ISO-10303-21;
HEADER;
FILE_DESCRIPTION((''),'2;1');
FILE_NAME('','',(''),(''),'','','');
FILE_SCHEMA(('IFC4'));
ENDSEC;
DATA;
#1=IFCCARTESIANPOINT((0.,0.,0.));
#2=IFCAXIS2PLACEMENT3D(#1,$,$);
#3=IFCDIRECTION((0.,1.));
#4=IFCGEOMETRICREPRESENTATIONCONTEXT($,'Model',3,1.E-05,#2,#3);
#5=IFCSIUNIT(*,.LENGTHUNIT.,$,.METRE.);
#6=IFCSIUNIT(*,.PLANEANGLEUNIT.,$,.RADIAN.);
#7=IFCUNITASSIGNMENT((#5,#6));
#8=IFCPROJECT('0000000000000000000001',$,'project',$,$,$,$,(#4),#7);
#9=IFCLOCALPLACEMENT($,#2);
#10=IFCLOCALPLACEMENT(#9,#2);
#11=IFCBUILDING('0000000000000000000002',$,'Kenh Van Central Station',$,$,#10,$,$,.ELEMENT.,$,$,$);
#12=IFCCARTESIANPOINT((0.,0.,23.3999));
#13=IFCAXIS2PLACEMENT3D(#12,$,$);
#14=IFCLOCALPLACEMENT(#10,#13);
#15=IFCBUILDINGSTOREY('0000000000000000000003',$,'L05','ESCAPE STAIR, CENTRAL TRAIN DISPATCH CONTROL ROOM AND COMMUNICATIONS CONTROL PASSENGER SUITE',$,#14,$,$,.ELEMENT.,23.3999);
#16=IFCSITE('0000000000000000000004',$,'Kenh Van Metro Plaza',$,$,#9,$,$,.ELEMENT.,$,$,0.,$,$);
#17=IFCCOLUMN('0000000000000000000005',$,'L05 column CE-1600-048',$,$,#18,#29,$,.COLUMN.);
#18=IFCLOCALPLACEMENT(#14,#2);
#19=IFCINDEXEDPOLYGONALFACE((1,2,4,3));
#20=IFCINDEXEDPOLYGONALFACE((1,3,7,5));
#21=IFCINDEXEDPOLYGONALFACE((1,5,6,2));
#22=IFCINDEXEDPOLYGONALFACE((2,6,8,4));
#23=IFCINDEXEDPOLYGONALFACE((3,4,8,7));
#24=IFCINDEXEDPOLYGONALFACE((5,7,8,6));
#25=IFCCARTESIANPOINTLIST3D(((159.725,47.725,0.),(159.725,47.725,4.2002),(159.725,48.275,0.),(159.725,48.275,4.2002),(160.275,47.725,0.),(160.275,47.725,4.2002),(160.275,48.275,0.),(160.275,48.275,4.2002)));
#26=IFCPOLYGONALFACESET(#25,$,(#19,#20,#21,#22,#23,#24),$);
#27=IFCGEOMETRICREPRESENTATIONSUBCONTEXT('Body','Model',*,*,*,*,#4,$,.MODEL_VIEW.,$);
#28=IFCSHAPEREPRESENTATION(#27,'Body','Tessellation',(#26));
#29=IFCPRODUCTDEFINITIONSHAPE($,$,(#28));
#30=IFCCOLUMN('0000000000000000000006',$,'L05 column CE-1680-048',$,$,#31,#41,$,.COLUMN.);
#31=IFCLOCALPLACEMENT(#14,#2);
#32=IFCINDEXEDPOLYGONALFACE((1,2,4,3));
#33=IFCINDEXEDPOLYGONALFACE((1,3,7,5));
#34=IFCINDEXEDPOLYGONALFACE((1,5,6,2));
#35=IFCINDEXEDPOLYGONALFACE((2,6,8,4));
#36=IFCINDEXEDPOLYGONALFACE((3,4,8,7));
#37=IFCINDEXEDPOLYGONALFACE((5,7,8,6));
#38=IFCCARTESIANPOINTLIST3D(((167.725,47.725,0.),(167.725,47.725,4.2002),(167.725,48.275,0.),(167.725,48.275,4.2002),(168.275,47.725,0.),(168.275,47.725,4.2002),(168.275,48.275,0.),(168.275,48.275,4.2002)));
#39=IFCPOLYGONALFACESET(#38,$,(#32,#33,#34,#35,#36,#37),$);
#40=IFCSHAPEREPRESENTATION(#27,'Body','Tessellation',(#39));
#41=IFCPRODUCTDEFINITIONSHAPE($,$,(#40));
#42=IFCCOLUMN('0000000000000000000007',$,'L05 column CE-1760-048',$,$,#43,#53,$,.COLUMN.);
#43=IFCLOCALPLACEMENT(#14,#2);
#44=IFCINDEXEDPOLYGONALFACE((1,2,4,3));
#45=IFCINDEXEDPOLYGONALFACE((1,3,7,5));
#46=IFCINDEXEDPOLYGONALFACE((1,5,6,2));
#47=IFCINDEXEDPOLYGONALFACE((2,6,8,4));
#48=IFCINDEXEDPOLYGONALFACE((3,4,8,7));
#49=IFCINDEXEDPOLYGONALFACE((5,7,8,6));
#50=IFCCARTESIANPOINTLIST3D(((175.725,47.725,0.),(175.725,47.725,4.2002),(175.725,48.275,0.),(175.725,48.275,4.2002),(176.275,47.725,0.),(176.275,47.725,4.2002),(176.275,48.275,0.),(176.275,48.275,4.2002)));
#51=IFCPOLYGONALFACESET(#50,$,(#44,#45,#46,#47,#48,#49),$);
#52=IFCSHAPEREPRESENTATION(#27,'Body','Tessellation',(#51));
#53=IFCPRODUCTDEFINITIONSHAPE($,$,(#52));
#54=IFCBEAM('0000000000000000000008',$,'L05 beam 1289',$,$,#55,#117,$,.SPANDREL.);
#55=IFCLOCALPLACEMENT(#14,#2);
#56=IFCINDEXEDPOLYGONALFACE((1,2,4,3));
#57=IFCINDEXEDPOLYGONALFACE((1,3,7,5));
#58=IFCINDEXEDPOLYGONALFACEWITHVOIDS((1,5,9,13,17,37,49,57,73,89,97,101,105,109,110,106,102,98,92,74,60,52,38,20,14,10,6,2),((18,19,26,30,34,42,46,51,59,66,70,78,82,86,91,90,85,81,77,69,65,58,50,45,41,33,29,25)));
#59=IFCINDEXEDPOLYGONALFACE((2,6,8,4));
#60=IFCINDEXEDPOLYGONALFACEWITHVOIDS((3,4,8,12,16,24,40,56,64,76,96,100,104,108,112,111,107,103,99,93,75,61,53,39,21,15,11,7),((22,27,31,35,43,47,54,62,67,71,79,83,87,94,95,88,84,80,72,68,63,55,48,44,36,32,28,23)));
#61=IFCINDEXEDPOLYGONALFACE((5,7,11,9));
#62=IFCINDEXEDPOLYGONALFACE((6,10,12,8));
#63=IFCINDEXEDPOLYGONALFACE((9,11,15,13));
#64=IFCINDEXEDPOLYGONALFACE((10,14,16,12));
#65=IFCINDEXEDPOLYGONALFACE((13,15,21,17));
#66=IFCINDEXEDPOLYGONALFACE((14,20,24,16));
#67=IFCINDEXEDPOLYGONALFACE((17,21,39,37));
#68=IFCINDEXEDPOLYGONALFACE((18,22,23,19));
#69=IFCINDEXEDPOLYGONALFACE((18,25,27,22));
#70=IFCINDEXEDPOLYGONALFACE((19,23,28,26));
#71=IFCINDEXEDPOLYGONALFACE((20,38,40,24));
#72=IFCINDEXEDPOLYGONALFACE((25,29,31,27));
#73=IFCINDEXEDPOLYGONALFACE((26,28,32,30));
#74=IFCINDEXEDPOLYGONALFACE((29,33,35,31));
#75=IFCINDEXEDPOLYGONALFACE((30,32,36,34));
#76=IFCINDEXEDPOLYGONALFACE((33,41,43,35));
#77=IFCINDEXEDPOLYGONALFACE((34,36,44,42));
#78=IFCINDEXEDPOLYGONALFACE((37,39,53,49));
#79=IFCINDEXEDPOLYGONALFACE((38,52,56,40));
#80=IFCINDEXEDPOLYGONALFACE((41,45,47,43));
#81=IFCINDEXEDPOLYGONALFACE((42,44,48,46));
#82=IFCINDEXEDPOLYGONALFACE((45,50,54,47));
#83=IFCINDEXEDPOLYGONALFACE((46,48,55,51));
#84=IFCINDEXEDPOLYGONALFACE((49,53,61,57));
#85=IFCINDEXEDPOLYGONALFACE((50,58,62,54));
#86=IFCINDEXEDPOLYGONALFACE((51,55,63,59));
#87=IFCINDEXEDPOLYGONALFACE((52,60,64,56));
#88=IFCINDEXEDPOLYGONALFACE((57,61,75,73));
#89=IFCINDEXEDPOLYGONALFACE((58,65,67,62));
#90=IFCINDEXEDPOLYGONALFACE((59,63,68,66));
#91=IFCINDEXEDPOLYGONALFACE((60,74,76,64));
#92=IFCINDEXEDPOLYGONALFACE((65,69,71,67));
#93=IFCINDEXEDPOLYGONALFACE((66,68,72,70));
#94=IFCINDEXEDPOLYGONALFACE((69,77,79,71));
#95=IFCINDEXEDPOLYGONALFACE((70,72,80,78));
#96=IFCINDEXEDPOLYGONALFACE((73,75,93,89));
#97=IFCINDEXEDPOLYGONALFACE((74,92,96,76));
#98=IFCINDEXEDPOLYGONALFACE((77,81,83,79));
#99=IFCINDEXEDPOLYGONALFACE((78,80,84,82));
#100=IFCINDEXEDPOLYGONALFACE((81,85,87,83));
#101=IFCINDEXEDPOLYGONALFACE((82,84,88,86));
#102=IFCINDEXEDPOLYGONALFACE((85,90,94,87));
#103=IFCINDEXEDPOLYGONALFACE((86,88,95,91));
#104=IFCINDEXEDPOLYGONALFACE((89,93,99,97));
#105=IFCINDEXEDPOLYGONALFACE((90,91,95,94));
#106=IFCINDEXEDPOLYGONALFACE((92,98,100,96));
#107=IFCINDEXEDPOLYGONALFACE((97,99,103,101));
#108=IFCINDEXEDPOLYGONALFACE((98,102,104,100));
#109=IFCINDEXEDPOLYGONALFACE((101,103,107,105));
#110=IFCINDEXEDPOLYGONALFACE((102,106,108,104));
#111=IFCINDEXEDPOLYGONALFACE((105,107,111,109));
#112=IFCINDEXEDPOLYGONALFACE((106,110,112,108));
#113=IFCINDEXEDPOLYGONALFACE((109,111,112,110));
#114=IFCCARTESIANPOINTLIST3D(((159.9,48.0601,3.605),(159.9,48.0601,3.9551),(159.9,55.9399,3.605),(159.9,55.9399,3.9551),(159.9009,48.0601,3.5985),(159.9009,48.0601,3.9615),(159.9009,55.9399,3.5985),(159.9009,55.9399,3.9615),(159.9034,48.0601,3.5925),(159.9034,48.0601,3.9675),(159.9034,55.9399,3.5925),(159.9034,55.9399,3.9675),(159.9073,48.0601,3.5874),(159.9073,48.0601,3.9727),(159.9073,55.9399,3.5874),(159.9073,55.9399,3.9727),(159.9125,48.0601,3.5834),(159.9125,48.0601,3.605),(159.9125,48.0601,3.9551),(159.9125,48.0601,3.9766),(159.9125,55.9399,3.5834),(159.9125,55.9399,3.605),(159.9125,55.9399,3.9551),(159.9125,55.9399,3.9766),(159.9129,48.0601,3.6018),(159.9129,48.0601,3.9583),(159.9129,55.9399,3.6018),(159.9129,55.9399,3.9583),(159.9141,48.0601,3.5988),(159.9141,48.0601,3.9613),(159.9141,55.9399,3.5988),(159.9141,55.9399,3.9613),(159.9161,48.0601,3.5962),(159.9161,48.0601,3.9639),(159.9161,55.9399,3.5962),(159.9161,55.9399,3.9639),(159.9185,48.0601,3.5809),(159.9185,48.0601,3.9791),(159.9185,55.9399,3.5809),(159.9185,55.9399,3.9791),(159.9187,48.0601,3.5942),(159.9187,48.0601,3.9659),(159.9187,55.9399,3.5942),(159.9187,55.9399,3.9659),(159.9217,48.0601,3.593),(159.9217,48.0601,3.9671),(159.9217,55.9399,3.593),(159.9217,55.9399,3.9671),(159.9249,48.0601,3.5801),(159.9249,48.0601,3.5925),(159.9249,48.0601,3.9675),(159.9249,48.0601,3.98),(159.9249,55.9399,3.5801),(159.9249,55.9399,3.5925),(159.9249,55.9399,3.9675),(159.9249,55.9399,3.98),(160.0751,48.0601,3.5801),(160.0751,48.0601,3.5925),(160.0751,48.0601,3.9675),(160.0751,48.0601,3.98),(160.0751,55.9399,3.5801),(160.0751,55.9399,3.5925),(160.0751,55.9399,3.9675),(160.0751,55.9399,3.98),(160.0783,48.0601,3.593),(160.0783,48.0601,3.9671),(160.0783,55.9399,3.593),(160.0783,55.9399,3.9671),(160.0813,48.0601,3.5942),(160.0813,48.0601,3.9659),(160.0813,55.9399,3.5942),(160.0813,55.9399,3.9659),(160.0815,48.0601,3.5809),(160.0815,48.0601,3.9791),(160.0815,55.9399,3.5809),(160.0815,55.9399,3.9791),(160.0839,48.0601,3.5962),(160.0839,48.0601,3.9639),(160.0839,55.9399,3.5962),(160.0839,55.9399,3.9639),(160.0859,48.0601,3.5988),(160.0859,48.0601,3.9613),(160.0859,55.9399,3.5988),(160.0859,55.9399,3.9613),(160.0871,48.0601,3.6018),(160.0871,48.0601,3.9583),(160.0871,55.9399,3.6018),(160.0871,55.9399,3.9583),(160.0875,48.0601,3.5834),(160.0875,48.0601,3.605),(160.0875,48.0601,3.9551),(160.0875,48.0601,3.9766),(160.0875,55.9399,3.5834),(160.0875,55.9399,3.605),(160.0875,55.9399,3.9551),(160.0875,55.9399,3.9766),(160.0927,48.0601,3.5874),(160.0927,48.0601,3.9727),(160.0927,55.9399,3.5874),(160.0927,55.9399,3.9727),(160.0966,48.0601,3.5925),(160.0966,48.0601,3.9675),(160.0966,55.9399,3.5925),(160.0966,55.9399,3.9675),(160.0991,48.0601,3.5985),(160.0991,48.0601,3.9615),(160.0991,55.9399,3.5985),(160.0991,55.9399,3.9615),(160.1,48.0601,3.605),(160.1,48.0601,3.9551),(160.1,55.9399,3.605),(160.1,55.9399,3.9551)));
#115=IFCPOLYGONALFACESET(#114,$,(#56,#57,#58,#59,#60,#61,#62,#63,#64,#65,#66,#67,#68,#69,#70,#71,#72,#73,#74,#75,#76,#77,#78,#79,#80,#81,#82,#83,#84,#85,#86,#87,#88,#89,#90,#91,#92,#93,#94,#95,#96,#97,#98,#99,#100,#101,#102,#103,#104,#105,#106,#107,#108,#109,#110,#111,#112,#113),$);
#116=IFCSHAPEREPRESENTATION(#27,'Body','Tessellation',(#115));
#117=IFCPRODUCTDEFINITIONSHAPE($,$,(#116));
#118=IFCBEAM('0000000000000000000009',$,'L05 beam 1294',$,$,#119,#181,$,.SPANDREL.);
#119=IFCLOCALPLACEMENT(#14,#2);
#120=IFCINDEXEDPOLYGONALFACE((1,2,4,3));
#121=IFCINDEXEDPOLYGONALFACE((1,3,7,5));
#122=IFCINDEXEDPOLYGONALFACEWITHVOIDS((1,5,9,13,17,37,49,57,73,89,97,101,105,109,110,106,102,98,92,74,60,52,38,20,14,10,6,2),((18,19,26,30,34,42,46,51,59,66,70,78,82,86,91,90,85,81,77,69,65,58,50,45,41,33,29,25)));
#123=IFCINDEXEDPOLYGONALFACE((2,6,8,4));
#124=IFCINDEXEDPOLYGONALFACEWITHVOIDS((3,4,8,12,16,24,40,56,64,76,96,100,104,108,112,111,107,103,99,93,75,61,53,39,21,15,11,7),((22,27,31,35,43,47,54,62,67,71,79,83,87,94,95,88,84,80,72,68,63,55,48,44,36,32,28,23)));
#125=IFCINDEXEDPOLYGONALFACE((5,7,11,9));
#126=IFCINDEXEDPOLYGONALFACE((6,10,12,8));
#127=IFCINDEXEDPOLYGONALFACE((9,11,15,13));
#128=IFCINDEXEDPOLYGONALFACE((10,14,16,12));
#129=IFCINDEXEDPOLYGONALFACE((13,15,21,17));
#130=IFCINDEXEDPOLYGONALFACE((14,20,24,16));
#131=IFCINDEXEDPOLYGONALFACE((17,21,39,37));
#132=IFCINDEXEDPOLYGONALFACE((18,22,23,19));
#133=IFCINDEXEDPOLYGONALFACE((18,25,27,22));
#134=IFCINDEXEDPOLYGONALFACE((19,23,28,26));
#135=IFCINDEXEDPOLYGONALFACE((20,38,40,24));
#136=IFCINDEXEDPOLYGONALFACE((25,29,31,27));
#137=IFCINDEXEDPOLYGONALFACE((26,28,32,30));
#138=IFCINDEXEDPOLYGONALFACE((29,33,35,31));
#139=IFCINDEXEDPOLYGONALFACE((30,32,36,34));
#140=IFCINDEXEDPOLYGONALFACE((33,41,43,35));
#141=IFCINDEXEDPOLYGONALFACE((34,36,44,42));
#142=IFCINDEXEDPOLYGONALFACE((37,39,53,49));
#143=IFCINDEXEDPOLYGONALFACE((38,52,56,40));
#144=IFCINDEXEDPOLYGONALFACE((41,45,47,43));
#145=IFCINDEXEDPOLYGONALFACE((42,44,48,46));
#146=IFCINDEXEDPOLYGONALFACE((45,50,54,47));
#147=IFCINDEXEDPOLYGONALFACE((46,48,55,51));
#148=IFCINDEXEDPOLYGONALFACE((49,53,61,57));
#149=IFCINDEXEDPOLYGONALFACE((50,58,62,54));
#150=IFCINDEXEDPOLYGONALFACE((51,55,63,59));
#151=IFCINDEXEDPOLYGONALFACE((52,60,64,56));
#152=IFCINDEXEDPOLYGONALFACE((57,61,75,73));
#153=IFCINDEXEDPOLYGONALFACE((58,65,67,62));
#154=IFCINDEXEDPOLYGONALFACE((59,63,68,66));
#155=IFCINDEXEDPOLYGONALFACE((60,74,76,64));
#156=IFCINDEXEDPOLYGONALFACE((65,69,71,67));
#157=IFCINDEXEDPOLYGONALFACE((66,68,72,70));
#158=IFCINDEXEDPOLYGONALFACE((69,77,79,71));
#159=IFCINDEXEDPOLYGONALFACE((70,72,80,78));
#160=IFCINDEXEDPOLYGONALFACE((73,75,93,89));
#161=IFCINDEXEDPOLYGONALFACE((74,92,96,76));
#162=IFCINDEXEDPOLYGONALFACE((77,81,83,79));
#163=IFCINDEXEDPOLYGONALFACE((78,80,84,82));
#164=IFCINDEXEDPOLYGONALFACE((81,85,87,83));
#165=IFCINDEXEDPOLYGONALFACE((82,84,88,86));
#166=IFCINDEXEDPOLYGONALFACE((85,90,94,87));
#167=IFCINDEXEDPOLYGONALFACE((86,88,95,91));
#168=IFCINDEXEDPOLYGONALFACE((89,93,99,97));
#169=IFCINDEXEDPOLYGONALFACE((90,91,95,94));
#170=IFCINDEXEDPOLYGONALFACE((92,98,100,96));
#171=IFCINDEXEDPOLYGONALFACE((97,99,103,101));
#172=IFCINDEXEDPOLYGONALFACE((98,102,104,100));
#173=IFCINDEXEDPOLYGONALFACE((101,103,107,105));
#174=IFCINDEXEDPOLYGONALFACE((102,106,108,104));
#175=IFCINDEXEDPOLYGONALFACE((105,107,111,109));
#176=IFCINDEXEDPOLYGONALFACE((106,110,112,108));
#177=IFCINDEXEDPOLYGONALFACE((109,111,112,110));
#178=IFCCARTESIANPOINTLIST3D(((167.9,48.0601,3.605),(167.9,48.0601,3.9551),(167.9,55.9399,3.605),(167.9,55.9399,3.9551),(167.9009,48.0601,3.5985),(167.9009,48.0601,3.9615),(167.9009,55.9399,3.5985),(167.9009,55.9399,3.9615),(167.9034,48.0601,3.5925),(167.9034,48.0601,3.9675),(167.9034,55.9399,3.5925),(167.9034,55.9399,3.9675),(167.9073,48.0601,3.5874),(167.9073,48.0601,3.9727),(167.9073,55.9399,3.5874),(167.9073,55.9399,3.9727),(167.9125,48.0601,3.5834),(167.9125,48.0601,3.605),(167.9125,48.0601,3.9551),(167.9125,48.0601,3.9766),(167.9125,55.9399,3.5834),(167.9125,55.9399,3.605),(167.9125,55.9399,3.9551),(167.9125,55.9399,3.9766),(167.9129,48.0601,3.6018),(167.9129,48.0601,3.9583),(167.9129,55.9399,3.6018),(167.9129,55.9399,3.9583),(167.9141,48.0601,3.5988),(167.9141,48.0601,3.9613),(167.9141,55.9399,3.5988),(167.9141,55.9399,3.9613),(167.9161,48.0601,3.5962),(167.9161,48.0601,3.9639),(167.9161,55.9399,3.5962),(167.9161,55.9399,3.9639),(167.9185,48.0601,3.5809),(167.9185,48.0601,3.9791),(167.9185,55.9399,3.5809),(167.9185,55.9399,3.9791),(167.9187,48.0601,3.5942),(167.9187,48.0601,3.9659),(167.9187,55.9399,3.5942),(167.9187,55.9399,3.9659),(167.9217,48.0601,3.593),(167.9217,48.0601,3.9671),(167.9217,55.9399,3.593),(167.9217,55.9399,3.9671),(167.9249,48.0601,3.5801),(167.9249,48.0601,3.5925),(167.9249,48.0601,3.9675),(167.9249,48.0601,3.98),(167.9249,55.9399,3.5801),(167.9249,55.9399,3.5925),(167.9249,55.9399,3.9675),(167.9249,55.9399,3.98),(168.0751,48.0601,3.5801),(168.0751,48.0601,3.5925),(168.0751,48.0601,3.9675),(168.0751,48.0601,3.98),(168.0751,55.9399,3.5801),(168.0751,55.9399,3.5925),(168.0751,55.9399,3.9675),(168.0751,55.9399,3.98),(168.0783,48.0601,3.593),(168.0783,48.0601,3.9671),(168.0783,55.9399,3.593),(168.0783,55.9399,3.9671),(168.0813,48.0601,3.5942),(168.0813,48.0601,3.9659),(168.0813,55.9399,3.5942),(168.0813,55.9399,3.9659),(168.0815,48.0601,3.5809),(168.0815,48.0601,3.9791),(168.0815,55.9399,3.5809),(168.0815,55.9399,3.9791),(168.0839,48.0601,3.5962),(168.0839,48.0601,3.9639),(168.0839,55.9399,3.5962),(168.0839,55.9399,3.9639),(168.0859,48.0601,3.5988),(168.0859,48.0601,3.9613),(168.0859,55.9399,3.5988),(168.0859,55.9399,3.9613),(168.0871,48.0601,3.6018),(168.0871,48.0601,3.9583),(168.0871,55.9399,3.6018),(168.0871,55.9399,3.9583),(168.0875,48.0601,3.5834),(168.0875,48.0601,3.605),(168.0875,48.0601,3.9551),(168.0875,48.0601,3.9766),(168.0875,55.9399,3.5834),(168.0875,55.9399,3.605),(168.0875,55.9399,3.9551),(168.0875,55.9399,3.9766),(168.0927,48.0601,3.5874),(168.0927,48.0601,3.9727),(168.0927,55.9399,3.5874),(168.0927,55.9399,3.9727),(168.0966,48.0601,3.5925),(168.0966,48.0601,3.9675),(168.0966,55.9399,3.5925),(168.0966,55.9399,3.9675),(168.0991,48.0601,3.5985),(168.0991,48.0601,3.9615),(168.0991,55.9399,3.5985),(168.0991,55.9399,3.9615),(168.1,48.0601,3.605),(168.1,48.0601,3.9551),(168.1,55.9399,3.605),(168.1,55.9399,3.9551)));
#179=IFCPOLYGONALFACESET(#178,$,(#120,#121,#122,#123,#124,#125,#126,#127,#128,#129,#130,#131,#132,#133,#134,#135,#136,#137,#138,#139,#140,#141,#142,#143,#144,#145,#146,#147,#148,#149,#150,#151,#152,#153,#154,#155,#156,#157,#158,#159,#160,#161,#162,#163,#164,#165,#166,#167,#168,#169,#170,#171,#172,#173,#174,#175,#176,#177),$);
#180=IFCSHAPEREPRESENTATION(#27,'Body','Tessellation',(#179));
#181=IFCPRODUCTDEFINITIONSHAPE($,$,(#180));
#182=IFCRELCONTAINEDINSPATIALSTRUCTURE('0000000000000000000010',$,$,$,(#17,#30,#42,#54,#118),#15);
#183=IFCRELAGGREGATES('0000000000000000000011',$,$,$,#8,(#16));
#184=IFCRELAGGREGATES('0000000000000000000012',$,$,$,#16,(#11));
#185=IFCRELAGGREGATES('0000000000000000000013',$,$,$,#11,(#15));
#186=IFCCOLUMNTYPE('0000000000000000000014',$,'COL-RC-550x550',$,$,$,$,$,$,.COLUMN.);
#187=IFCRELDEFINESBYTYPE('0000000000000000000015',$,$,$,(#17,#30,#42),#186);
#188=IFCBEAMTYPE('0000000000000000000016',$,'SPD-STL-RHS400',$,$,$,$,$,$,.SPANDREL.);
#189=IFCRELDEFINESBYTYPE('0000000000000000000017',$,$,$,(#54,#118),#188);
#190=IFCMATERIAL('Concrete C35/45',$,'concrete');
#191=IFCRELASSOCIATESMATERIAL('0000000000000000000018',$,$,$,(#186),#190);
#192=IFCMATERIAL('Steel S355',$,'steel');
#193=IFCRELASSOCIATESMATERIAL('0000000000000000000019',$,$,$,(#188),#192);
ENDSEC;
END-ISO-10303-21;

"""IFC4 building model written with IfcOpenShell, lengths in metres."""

from ifc_helpers import new_model, si_unit, direction, frame, origin, origin_2d, place, context, subcontext, project, spatial, rectangle, hollow_rectangle, extrude, material, material_profile, profile_set, type_object, element, save


model = new_model("IFC4")

# Units and contexts
model_context = context("Model", 3, precision=1e-05, world=origin(), true_north=direction((0.0, 1.0)))
body_context = subcontext(model_context, "Body", "Model", "MODEL_VIEW")
ifc_project = project(units=[si_unit("LENGTHUNIT", "METRE"), si_unit("PLANEANGLEUNIT", "RADIAN")], contexts=[model_context])

# Site, building, storey
site_placement = place(None, origin())
site = spatial("IfcSite", under=ifc_project, at=site_placement, Name="Kenh Van Metro Plaza", CompositionType="ELEMENT", RefElevation=0.0)
building_placement = place(site_placement, origin())
building = spatial("IfcBuilding", under=site, at=building_placement, Name="Kenh Van Central Station", CompositionType="ELEMENT")
storey_placement = place(building_placement, frame((0.0, 0.0, 23.3999)))
storey = spatial("IfcBuildingStorey", under=building, at=storey_placement, Name="L05", Description="ESCAPE STAIR, CENTRAL TRAIN DISPATCH CONTROL ROOM AND COMMUNICATIONS CONTROL PASSENGER SUITE", CompositionType="ELEMENT", Elevation=23.3999)

# Columns
ifc_material_1 = material(Name="Concrete C35/45", Category="concrete")
ifc_material_profile_1 = material_profile(ifc_material_1, rectangle(XDim=0.55, YDim=0.55, at=origin_2d()), Name="RC 550x550")
ifc_profile_set_1 = profile_set([ifc_material_profile_1], Name="Concrete C35/45")
column_type = type_object("IfcColumnType", Name="COL-RC-550x550", PredefinedType="COLUMN", material=ifc_profile_set_1)
for number, where, z_axis, x_axis, name in (
    (1, (160.0, 48.0, 0.0), (0.0, 0.0, 1.0), (1.0, 0.0, 0.0), "L05 column CE-1600-048"),
    (2, (168.0, 48.0, 0.0), (0.0, 0.0, 1.0), (1.0, 0.0, 0.0), "L05 column CE-1680-048"),
    (3, (176.0, 48.0, 0.0), (0.0, 0.0, 1.0), (1.0, 0.0, 0.0), "L05 column CE-1760-048"),
):
    element("IfcColumn", number, at=place(storey_placement, frame(where, z_axis=z_axis, x_axis=x_axis)), inside=storey, type_object=column_type, Name=name, PredefinedType="COLUMN", context=body_context, shape_type="SweptSolid", body=[
        extrude(rectangle(XDim=0.55, YDim=0.55, at=origin_2d()), origin(), (0.0, 0.0, 1.0), 4.2002),
    ])

# Beams
ifc_material_2 = material(Name="Steel S355", Category="steel")
ifc_material_profile_2 = material_profile(ifc_material_2, hollow_rectangle(XDim=0.2, YDim=0.3999, WallThickness=0.0125, InnerFilletRadius=0.0125, OuterFilletRadius=0.0249, at=origin_2d()), Name="RHS 400x200x12.5")
ifc_profile_set_2 = profile_set([ifc_material_profile_2], Name="Steel S355")
beam_type = type_object("IfcBeamType", Name="SPD-STL-RHS400", PredefinedType="SPANDREL", material=ifc_profile_set_2)
for number, where, z_axis, x_axis, name in (
    (4, (160.0, 48.0601, 3.78), (0.0, 1.0, 0.0), (-1.0, 0.0, 0.0), "L05 beam 1289"),
    (5, (168.0, 48.0601, 3.78), (0.0, 1.0, 0.0), (-1.0, 0.0, 0.0), "L05 beam 1294"),
):
    element("IfcBeam", number, at=place(storey_placement, frame(where, z_axis=z_axis, x_axis=x_axis)), inside=storey, type_object=beam_type, Name=name, PredefinedType="SPANDREL", context=body_context, shape_type="SweptSolid", body=[
        extrude(hollow_rectangle(XDim=0.2, YDim=0.3999, WallThickness=0.0125, InnerFilletRadius=0.0125, OuterFilletRadius=0.0249, at=origin_2d()), origin(), (0.0, 0.0, 1.0), 7.8799),
    ])

save(model, "model.ifc")
